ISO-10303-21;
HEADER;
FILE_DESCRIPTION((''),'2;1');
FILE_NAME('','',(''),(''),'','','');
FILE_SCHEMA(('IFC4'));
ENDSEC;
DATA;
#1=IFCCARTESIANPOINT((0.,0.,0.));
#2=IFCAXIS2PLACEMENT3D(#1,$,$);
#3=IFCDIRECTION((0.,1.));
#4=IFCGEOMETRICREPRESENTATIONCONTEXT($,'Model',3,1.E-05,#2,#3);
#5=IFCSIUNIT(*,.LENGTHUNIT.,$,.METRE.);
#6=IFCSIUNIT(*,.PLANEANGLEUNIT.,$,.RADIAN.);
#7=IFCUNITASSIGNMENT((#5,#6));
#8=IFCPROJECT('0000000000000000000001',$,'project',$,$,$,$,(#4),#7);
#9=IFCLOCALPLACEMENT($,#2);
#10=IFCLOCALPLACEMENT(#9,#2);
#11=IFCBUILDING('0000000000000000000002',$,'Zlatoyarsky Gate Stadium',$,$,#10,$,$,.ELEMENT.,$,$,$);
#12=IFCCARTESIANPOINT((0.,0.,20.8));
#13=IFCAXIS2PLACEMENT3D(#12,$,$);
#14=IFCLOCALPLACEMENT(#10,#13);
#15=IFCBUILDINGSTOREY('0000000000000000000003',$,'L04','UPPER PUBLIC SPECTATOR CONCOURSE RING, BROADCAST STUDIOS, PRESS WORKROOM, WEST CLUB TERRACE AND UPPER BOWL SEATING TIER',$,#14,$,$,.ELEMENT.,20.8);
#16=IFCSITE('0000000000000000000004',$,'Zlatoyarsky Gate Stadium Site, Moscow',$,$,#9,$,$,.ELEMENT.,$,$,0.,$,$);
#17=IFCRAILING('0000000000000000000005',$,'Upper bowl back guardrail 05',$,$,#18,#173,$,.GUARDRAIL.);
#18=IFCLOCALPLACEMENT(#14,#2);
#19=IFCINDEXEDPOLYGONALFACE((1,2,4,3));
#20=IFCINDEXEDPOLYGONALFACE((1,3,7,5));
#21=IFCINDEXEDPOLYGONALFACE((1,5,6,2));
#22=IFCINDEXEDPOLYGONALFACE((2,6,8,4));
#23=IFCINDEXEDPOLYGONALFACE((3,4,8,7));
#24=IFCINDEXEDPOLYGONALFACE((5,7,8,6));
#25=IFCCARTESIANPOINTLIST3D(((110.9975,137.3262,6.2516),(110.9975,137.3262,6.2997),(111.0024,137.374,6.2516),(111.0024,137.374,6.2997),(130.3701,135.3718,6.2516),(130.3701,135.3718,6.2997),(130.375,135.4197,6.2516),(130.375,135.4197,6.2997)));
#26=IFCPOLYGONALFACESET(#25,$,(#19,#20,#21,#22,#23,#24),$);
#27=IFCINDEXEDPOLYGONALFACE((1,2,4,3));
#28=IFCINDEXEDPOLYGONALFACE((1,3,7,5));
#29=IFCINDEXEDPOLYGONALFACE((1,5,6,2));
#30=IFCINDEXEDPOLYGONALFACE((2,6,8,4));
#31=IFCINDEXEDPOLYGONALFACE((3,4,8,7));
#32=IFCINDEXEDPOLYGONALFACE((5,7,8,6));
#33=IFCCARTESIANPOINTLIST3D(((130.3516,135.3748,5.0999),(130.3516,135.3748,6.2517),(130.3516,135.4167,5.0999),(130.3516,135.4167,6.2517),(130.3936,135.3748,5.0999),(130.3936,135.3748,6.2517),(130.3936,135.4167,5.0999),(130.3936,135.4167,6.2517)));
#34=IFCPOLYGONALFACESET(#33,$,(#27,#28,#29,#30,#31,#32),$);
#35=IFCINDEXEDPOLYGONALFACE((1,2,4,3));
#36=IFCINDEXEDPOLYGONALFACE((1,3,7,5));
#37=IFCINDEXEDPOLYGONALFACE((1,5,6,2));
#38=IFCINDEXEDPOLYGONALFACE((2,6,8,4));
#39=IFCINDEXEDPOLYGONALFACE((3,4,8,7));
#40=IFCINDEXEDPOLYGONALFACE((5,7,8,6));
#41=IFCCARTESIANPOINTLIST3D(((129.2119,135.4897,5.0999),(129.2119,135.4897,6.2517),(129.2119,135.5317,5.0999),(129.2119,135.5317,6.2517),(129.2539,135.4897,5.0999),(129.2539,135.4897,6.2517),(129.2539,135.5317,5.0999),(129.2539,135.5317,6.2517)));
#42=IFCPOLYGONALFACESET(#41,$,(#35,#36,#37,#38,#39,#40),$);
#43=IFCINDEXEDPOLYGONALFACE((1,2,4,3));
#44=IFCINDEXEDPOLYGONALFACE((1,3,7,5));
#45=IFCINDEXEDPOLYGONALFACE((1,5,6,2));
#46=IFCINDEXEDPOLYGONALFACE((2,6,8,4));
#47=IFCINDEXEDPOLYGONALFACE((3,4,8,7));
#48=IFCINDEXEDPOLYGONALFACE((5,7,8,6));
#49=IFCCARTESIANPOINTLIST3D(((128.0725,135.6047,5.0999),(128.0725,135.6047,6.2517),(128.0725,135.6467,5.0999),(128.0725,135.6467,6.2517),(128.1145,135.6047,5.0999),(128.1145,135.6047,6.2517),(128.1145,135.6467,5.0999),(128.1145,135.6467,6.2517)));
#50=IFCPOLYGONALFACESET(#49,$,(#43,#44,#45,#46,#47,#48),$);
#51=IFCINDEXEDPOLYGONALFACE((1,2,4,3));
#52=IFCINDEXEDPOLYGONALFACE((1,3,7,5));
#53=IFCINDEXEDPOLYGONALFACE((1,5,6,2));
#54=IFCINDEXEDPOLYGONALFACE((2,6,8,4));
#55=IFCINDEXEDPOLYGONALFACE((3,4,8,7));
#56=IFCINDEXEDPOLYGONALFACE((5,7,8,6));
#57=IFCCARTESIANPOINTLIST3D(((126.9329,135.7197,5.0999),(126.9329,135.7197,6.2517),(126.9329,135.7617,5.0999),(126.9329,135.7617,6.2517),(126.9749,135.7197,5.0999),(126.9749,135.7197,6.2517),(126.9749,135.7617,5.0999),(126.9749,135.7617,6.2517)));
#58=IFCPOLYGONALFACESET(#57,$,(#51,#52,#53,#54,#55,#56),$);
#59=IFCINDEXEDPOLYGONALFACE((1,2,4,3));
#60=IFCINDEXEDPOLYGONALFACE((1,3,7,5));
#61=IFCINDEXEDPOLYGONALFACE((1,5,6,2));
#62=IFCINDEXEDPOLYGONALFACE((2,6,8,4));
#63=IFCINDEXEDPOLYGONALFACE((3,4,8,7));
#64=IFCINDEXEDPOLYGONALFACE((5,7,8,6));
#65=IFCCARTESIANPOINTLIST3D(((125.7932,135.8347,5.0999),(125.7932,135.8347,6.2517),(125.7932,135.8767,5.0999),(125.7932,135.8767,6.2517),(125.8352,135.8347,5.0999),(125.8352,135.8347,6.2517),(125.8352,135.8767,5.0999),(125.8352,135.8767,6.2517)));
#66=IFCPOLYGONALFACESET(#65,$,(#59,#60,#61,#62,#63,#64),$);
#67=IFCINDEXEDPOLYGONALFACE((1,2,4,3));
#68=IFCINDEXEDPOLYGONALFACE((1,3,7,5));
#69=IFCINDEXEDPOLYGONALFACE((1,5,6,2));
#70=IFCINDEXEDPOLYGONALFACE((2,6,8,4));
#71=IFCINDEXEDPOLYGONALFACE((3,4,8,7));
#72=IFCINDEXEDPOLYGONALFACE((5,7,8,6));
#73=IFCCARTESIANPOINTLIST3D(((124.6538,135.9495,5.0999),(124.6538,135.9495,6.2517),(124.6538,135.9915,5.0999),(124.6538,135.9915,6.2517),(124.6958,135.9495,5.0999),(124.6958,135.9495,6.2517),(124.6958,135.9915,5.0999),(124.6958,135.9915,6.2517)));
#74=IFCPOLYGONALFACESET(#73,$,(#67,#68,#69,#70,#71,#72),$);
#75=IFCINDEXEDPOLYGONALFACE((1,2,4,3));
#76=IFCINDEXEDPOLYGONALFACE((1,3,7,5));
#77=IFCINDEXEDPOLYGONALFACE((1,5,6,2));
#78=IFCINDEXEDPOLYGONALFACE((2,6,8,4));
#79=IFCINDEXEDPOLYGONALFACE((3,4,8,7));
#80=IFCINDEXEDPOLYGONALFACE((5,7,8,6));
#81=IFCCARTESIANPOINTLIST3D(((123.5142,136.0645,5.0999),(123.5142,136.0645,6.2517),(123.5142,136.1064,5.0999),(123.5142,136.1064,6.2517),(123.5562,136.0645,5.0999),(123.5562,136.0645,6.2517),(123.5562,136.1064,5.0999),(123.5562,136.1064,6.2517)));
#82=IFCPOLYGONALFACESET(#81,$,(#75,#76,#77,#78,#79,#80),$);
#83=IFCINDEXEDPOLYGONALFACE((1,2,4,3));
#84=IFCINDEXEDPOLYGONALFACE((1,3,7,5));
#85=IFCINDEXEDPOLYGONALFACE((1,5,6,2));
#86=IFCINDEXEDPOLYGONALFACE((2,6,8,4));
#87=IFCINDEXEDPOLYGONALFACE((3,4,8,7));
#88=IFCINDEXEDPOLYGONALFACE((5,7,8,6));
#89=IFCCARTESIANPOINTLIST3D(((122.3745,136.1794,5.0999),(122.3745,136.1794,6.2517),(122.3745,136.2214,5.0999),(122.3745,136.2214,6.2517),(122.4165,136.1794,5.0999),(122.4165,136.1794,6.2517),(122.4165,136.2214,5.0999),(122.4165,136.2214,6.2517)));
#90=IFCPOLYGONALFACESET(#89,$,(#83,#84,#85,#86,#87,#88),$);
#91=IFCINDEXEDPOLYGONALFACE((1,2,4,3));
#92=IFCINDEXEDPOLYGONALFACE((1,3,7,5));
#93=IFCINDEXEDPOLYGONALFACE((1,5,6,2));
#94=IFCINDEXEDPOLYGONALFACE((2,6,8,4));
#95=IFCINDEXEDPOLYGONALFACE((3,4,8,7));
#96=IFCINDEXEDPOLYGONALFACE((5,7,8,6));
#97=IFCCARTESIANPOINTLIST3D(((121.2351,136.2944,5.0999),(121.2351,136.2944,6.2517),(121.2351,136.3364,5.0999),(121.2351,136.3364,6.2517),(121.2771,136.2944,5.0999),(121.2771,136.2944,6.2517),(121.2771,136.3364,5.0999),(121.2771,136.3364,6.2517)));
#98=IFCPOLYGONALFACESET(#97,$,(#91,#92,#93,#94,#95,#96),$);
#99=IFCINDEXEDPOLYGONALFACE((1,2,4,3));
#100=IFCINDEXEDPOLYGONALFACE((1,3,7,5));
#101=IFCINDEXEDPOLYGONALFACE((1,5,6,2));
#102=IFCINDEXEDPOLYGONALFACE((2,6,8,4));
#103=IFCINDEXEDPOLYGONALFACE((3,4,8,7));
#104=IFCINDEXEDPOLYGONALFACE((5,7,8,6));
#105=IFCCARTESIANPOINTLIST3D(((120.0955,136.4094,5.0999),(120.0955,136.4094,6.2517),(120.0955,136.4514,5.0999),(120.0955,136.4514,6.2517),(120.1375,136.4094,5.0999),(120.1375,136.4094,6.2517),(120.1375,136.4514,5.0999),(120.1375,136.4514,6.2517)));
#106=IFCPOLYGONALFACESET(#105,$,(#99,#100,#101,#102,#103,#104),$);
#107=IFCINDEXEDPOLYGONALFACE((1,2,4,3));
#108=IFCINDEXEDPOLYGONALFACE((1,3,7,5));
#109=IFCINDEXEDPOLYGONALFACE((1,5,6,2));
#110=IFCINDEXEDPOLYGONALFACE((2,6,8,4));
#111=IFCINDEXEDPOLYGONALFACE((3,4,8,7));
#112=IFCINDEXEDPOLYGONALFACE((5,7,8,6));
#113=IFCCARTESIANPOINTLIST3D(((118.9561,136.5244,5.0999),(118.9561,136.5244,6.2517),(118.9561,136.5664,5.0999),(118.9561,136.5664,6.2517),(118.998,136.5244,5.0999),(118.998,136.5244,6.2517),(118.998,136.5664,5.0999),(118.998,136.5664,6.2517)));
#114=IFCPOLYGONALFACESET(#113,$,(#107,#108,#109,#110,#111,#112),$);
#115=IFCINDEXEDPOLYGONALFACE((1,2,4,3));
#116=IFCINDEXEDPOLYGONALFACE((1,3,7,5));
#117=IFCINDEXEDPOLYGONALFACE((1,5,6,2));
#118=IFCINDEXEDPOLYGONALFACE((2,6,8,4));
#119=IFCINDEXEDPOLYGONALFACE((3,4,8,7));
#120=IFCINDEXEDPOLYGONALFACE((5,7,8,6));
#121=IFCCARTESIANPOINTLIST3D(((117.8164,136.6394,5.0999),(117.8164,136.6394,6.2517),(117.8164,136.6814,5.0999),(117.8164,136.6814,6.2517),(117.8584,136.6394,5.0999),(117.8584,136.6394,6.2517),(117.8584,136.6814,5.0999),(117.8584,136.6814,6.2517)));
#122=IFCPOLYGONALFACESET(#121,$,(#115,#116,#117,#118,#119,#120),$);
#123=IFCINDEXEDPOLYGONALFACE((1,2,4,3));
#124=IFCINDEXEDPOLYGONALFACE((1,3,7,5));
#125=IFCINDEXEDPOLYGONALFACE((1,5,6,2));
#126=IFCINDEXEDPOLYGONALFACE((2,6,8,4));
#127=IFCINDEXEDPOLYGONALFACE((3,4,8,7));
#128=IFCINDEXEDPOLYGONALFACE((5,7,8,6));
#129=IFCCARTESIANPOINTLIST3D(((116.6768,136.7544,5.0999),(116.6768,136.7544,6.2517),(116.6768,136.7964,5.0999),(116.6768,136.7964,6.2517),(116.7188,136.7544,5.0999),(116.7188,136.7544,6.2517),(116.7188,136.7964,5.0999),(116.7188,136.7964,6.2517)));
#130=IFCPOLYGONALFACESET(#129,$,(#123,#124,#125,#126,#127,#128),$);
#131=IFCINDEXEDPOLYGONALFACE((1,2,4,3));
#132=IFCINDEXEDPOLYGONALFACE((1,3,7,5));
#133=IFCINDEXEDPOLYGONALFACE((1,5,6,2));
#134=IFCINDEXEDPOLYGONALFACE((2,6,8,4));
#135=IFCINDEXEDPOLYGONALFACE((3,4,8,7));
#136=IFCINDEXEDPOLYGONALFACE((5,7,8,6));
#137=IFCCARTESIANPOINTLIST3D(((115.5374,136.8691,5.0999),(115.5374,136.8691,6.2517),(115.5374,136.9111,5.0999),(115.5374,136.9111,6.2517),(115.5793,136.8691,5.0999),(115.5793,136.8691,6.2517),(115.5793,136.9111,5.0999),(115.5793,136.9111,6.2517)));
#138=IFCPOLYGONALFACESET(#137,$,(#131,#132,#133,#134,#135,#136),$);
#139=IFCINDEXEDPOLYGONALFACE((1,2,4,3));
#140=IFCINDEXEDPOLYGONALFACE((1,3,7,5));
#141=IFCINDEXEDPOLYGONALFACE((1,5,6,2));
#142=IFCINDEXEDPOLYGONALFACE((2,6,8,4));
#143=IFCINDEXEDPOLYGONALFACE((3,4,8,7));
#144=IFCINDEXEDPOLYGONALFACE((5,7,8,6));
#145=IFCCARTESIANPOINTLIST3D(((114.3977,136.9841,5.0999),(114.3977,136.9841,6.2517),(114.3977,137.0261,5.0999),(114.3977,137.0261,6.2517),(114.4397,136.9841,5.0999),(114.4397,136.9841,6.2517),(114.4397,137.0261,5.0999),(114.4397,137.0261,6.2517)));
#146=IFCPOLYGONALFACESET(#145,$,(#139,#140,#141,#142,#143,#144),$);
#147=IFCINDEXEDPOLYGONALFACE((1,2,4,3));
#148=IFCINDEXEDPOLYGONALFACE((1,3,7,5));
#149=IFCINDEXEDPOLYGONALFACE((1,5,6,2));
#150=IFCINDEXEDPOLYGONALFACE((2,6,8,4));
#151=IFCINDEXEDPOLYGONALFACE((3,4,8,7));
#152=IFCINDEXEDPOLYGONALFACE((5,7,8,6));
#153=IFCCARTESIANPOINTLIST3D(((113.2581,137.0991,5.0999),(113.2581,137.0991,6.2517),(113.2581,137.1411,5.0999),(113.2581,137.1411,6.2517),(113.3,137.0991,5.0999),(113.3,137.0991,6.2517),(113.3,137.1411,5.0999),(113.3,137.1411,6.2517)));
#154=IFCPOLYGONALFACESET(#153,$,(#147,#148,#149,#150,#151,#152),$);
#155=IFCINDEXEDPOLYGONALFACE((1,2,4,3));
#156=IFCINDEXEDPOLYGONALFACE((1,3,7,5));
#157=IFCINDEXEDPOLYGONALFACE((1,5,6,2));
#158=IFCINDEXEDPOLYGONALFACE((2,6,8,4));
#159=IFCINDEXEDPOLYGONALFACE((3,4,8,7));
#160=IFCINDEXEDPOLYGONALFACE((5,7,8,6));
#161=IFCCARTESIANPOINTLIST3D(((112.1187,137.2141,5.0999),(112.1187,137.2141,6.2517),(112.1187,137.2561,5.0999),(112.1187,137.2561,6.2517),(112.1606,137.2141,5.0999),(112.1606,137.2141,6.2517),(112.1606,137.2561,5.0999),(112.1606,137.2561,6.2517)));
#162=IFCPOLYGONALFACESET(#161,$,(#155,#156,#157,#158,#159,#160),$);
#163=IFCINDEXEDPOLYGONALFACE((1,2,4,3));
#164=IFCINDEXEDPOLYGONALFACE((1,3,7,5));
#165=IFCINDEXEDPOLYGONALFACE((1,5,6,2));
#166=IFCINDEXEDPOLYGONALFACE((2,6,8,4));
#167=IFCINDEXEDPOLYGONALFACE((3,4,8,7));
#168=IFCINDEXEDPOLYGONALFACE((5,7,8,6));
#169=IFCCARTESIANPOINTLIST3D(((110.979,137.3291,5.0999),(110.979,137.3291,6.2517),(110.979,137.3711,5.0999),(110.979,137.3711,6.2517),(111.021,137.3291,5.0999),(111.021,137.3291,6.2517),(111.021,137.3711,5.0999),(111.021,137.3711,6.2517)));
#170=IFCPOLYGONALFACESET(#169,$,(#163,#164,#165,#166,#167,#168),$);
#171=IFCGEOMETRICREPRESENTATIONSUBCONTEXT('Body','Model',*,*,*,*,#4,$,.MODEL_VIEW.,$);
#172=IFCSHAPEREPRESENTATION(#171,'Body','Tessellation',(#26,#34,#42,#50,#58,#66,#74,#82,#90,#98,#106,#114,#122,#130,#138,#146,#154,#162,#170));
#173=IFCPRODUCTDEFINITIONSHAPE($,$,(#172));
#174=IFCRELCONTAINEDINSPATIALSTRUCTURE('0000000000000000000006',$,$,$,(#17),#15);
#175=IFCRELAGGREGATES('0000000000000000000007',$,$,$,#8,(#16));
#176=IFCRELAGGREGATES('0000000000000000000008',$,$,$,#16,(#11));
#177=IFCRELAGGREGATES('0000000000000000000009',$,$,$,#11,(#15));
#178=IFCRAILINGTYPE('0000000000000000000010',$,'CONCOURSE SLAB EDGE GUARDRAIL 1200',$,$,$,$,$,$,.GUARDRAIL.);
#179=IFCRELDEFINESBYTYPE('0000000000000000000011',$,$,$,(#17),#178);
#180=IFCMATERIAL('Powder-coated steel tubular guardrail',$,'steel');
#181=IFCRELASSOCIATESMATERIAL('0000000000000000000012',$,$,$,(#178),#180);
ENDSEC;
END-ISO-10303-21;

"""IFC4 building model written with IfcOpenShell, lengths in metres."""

from ifc_helpers import new_model, si_unit, direction, frame, origin, origin_2d, place, context, subcontext, project, spatial, rectangle, extrude, material, type_object, element, save


model = new_model("IFC4")

# Units and contexts
model_context = context("Model", 3, precision=1e-05, world=origin(), true_north=direction((0.0, 1.0)))
body_context = subcontext(model_context, "Body", "Model", "MODEL_VIEW")
ifc_project = project(units=[si_unit("LENGTHUNIT", "METRE"), si_unit("PLANEANGLEUNIT", "RADIAN")], contexts=[model_context])

# Site, building, storey
site_placement = place(None, origin())
site = spatial("IfcSite", under=ifc_project, at=site_placement, Name="Zlatoyarsky Gate Stadium Site, Moscow", CompositionType="ELEMENT", RefElevation=0.0)
building_placement = place(site_placement, origin())
building = spatial("IfcBuilding", under=site, at=building_placement, Name="Zlatoyarsky Gate Stadium", CompositionType="ELEMENT")
storey_placement = place(building_placement, frame((0.0, 0.0, 20.8)))
storey = spatial("IfcBuildingStorey", under=building, at=storey_placement, Name="L04", Description="UPPER PUBLIC SPECTATOR CONCOURSE RING, BROADCAST STUDIOS, PRESS WORKROOM, WEST CLUB TERRACE AND UPPER BOWL SEATING TIER", CompositionType="ELEMENT", Elevation=20.8)

# Railing
ifc_material_1 = material(Name="Powder-coated steel tubular guardrail", Category="steel")
railing_type_1 = type_object("IfcRailingType", Name="CONCOURSE SLAB EDGE GUARDRAIL 1200", PredefinedType="GUARDRAIL", material=ifc_material_1)
railing_1_placement = place(storey_placement, frame((130.3726, 135.3958, 5.0999)))
element("IfcRailing", 1, at=railing_1_placement, inside=storey, type_object=railing_type_1, Name="Upper bowl back guardrail 05", PredefinedType="GUARDRAIL", context=body_context, shape_type="SweptSolid", body=[
    extrude(rectangle(XDim=0.0481, YDim=0.0481, at=origin_2d()), frame((0.0, 0.0, 1.1758), z_axis=(-0.99495, 0.100373, 0.0), x_axis=(-0.100373, -0.99495, 0.0)), (0.0, 0.0, 1.0), 19.4709),
    extrude(rectangle(XDim=0.042, YDim=0.042, at=origin_2d()), origin(), (0.0, 0.0, 1.0), 1.1519),
    extrude(rectangle(XDim=0.042, YDim=0.042, at=origin_2d()), frame((-1.1396, 0.115, 0.0)), (0.0, 0.0, 1.0), 1.1519),
    extrude(rectangle(XDim=0.042, YDim=0.042, at=origin_2d()), frame((-2.2791, 0.23, 0.0)), (0.0, 0.0, 1.0), 1.1519),
    extrude(rectangle(XDim=0.042, YDim=0.042, at=origin_2d()), frame((-3.4187, 0.345, 0.0)), (0.0, 0.0, 1.0), 1.1519),
    extrude(rectangle(XDim=0.042, YDim=0.042, at=origin_2d()), frame((-4.5583, 0.46, 0.0)), (0.0, 0.0, 1.0), 1.1519),
    extrude(rectangle(XDim=0.042, YDim=0.042, at=origin_2d()), frame((-5.6978, 0.5747, 0.0)), (0.0, 0.0, 1.0), 1.1519),
    extrude(rectangle(XDim=0.042, YDim=0.042, at=origin_2d()), frame((-6.8374, 0.6897, 0.0)), (0.0, 0.0, 1.0), 1.1519),
    extrude(rectangle(XDim=0.042, YDim=0.042, at=origin_2d()), frame((-7.9771, 0.8047, 0.0)), (0.0, 0.0, 1.0), 1.1519),
    extrude(rectangle(XDim=0.042, YDim=0.042, at=origin_2d()), frame((-9.1165, 0.9197, 0.0)), (0.0, 0.0, 1.0), 1.1519),
    extrude(rectangle(XDim=0.042, YDim=0.042, at=origin_2d()), frame((-10.2561, 1.0347, 0.0)), (0.0, 0.0, 1.0), 1.1519),
    extrude(rectangle(XDim=0.042, YDim=0.042, at=origin_2d()), frame((-11.3955, 1.1497, 0.0)), (0.0, 0.0, 1.0), 1.1519),
    extrude(rectangle(XDim=0.042, YDim=0.042, at=origin_2d()), frame((-12.5352, 1.2646, 0.0)), (0.0, 0.0, 1.0), 1.1519),
    extrude(rectangle(XDim=0.042, YDim=0.042, at=origin_2d()), frame((-13.6748, 1.3796, 0.0)), (0.0, 0.0, 1.0), 1.1519),
    extrude(rectangle(XDim=0.042, YDim=0.042, at=origin_2d()), frame((-14.8142, 1.4944, 0.0)), (0.0, 0.0, 1.0), 1.1519),
    extrude(rectangle(XDim=0.042, YDim=0.042, at=origin_2d()), frame((-15.9539, 1.6094, 0.0)), (0.0, 0.0, 1.0), 1.1519),
    extrude(rectangle(XDim=0.042, YDim=0.042, at=origin_2d()), frame((-17.0935, 1.7244, 0.0)), (0.0, 0.0, 1.0), 1.1519),
    extrude(rectangle(XDim=0.042, YDim=0.042, at=origin_2d()), frame((-18.2329, 1.8394, 0.0)), (0.0, 0.0, 1.0), 1.1519),
    extrude(rectangle(XDim=0.042, YDim=0.042, at=origin_2d()), frame((-19.3726, 1.9543, 0.0)), (0.0, 0.0, 1.0), 1.1519),
])

save(model, "model.ifc")
